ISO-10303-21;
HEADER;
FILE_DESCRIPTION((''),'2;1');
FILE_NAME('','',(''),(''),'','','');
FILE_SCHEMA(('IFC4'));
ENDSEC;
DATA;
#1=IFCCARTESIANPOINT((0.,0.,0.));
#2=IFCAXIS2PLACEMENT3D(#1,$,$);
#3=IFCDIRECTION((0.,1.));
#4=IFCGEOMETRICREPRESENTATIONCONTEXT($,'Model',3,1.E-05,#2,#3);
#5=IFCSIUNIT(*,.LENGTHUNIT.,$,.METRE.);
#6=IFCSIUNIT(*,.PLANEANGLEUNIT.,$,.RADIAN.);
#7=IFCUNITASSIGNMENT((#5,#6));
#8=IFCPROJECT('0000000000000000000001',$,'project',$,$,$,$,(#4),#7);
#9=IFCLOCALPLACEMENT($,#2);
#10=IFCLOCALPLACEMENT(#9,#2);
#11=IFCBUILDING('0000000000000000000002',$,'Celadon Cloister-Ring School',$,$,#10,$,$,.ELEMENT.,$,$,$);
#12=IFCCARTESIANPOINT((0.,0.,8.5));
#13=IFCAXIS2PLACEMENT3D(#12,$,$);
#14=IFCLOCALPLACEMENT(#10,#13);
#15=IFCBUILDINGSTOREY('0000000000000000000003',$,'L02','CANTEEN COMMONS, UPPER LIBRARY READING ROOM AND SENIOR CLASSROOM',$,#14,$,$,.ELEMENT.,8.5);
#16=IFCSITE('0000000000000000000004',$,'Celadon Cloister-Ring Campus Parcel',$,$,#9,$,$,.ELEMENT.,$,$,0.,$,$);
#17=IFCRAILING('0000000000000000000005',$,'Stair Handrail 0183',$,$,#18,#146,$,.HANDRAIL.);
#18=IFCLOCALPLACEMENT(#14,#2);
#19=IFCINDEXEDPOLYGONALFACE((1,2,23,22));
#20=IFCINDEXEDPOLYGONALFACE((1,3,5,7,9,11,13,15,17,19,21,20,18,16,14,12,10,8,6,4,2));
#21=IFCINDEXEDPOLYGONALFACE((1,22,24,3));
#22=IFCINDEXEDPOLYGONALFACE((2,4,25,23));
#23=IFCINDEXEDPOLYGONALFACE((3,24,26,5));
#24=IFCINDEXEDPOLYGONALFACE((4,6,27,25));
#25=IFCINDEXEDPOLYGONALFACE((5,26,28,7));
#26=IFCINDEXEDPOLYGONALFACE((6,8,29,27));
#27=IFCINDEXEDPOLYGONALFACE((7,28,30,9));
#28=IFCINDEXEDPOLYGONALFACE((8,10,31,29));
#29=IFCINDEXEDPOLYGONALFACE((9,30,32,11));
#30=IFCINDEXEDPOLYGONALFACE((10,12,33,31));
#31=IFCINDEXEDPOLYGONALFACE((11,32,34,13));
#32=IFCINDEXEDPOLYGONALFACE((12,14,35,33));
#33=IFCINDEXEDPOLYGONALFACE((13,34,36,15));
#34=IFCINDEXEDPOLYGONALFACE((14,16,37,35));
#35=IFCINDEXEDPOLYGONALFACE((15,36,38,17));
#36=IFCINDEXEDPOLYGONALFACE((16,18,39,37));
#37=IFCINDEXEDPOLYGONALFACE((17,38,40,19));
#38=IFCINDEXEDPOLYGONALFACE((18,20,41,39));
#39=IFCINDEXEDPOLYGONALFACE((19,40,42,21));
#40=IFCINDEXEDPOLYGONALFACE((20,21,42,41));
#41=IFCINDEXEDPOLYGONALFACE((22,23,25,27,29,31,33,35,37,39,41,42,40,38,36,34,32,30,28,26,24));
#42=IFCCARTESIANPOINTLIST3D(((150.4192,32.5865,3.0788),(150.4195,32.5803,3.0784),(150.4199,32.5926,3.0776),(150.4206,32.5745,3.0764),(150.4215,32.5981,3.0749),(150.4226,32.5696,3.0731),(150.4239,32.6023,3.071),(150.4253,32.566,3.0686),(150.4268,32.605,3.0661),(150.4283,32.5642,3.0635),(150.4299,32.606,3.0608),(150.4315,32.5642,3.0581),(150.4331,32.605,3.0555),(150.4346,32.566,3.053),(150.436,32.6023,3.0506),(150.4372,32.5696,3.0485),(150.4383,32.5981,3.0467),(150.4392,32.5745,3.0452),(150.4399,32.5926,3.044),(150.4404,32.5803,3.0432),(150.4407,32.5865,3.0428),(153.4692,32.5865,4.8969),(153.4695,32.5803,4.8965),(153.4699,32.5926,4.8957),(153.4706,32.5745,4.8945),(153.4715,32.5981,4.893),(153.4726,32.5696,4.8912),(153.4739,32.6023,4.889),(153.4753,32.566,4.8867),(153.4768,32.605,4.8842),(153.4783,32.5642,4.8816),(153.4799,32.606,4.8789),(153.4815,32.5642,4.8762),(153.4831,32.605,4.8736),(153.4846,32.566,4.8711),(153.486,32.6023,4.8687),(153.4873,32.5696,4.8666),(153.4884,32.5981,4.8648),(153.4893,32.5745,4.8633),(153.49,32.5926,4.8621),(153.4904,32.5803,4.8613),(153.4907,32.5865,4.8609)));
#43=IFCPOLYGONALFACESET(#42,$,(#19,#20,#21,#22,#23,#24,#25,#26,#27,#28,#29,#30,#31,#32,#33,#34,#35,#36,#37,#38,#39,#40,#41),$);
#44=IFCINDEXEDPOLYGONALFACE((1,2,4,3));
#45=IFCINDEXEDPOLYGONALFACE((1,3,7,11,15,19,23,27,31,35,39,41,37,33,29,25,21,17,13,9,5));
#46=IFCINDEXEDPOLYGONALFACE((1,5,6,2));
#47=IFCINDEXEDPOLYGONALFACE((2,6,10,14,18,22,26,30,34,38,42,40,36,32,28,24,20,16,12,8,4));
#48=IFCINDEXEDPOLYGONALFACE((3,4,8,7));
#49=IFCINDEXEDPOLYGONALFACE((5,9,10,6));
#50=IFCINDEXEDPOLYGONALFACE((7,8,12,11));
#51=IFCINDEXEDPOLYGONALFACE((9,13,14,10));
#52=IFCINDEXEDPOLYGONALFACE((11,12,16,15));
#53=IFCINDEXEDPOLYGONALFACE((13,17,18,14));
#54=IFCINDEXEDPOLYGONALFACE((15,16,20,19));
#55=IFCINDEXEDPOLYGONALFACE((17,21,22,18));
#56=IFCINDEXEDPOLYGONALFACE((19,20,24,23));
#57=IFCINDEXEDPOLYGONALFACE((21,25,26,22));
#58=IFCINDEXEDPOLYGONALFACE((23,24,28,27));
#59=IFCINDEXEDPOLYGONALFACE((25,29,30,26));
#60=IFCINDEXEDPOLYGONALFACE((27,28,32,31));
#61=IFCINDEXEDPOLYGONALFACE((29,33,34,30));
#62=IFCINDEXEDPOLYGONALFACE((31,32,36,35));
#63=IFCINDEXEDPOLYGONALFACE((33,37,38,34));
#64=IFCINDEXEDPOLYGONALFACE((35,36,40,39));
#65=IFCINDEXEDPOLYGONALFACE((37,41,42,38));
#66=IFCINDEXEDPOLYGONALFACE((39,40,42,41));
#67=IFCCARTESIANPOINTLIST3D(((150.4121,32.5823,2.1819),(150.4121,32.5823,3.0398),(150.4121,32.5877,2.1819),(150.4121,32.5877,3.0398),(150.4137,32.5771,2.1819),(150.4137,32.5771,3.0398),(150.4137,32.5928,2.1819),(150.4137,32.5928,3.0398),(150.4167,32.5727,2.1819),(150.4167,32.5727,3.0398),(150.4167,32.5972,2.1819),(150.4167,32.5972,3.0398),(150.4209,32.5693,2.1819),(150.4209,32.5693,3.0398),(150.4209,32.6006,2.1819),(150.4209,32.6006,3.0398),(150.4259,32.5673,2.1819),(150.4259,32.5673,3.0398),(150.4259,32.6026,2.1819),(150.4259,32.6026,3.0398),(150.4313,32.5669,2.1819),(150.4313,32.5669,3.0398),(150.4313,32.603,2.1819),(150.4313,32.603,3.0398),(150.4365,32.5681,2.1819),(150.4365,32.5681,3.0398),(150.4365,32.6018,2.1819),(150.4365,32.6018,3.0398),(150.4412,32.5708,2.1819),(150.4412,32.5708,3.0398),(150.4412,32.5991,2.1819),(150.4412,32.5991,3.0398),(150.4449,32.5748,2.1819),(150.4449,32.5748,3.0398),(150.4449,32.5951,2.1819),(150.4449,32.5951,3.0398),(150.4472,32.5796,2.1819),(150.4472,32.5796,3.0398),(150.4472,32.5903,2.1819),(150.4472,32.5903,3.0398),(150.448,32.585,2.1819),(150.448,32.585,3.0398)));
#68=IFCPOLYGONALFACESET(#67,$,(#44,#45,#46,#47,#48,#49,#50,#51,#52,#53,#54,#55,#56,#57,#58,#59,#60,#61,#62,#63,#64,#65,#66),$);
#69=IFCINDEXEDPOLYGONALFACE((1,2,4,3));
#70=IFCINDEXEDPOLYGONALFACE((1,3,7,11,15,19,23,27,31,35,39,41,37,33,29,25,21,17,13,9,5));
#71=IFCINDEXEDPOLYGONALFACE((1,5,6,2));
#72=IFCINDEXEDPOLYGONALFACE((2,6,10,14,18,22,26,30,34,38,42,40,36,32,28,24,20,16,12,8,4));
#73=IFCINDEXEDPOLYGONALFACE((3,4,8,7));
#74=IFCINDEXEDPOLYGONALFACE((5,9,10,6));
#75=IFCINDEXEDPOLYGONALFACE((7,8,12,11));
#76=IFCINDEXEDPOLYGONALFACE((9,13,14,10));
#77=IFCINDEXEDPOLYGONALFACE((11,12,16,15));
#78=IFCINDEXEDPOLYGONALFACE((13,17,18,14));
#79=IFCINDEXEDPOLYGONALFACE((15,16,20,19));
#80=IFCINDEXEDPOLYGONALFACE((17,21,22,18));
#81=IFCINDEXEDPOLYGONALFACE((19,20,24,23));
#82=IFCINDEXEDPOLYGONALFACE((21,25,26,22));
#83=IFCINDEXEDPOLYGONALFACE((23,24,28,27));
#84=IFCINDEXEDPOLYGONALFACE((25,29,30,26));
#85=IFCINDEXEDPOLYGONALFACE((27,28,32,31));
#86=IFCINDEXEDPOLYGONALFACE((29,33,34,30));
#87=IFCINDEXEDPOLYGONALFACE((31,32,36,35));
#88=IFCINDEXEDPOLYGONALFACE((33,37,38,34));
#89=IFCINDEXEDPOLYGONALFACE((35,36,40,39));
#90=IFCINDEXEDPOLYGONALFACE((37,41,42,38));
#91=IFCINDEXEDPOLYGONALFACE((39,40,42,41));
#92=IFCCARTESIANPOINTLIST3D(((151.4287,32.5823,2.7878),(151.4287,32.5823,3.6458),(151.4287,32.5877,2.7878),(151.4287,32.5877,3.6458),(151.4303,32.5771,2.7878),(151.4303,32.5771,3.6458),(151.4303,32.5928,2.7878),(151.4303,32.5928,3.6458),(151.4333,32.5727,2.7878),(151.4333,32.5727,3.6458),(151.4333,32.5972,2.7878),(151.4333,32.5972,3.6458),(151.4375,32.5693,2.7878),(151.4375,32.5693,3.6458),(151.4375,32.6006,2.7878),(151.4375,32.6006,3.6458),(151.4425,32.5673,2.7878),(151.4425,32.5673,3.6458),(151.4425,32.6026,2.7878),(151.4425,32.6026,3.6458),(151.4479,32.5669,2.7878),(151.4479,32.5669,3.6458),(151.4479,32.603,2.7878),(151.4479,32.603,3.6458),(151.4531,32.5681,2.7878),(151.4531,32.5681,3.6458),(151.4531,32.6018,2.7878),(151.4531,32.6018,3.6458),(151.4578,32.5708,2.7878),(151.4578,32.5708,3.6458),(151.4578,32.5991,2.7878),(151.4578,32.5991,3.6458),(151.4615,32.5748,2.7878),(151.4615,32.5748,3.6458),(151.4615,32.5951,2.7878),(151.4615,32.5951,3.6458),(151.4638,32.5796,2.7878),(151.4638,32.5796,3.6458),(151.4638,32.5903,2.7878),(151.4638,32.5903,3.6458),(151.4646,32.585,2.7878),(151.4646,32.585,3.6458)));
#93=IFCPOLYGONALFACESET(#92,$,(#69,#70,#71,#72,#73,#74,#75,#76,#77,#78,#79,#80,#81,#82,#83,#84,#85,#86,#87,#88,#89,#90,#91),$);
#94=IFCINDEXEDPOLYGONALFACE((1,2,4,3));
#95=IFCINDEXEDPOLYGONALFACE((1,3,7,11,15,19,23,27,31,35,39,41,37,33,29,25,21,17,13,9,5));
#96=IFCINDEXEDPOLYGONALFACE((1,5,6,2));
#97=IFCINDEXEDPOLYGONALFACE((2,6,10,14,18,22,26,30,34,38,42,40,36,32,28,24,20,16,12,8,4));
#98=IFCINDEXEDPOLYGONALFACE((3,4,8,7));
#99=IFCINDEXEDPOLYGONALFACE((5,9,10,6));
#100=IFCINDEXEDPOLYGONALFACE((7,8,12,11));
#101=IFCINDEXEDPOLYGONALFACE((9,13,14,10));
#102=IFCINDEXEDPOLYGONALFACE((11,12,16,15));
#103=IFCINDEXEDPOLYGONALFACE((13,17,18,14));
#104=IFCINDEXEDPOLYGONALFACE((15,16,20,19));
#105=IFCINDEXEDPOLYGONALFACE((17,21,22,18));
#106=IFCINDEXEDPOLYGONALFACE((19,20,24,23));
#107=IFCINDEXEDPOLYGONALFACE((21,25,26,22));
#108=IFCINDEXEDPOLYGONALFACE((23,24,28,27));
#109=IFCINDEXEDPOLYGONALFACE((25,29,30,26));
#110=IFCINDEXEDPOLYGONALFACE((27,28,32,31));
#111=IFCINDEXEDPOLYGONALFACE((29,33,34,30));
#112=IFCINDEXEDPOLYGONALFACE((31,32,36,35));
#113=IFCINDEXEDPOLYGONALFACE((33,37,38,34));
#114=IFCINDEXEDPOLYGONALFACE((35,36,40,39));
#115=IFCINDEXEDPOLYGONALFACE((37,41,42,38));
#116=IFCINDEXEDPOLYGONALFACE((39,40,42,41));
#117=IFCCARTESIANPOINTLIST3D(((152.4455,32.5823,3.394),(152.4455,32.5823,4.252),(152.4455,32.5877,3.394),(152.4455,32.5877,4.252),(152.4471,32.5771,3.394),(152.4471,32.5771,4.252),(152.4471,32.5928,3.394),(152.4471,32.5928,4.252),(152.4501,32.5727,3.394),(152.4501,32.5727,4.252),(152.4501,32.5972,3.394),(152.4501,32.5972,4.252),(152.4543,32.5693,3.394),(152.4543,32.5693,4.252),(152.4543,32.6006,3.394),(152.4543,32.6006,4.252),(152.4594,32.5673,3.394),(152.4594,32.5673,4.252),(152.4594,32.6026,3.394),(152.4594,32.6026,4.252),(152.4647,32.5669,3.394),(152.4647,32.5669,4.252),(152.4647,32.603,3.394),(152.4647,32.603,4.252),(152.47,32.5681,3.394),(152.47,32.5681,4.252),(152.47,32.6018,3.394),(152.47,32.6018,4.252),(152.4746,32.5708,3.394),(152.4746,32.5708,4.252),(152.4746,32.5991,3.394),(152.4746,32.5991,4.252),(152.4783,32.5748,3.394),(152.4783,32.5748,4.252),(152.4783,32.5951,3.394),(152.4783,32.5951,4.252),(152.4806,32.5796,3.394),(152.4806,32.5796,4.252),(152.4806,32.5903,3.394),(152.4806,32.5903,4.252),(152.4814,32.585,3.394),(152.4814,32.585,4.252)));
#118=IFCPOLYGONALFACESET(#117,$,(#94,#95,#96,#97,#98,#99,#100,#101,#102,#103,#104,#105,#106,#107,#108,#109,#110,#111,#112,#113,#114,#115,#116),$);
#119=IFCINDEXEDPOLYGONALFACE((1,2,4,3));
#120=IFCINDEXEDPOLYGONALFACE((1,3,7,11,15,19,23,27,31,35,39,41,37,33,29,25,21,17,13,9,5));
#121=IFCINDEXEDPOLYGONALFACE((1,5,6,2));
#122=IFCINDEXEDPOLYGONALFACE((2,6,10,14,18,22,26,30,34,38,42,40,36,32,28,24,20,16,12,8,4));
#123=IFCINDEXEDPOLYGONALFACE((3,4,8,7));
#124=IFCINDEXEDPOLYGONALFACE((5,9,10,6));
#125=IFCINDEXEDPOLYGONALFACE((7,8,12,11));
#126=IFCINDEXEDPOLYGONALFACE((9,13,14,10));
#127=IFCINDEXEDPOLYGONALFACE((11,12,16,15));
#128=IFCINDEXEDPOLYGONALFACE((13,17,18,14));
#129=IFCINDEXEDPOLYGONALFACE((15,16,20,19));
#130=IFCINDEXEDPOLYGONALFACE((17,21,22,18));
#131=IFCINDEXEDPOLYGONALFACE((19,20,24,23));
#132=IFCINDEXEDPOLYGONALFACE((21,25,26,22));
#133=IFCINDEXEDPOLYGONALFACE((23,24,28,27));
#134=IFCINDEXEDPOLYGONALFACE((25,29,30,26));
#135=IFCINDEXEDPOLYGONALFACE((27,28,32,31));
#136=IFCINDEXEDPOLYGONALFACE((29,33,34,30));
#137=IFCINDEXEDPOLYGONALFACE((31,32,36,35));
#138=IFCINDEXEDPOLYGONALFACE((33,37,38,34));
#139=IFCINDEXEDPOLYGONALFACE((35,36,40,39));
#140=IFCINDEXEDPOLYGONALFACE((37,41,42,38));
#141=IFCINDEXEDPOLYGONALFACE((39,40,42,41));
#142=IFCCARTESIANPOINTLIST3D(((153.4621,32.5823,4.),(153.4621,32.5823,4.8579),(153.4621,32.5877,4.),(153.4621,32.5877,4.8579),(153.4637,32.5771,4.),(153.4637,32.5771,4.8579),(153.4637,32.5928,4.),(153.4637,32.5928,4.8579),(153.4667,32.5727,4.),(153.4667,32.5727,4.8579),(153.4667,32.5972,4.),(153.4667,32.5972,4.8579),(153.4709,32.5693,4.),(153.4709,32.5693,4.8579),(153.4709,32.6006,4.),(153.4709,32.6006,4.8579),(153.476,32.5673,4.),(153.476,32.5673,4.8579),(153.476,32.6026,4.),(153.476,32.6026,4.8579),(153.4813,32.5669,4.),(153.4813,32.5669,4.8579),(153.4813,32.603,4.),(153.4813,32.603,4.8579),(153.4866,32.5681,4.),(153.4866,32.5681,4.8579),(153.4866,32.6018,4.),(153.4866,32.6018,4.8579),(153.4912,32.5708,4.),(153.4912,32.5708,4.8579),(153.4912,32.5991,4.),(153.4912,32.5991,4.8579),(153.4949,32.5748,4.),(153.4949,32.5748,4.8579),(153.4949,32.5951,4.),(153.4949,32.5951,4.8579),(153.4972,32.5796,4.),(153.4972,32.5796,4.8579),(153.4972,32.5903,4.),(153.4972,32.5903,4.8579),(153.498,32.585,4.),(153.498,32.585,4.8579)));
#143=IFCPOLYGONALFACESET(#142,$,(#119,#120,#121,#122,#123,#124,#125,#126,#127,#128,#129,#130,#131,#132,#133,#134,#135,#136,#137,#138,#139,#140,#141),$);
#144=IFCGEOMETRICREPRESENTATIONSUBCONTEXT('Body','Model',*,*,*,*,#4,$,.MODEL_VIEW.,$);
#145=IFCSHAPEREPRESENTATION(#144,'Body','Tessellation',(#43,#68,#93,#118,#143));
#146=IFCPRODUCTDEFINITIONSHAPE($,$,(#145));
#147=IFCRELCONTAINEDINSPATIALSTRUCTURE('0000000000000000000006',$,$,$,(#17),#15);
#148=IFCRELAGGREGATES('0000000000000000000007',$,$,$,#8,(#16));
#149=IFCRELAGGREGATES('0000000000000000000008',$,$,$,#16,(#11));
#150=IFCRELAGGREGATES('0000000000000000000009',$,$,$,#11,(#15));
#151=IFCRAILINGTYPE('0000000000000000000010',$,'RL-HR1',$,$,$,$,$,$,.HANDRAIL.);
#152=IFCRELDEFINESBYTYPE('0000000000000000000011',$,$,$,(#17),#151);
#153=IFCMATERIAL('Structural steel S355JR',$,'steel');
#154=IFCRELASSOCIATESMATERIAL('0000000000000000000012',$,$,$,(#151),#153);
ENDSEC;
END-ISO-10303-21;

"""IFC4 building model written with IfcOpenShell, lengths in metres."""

from ifc_helpers import new_model, si_unit, direction, frame, origin, origin_2d, place, context, subcontext, project, spatial, circle, extrude, material, type_object, element, save


model = new_model("IFC4")

# Units and contexts
model_context = context("Model", 3, precision=1e-05, world=origin(), true_north=direction((0.0, 1.0)))
body_context = subcontext(model_context, "Body", "Model", "MODEL_VIEW")
ifc_project = project(units=[si_unit("LENGTHUNIT", "METRE"), si_unit("PLANEANGLEUNIT", "RADIAN")], contexts=[model_context])

# Site, building, storey
site_placement = place(None, origin())
site = spatial("IfcSite", under=ifc_project, at=site_placement, Name="Celadon Cloister-Ring Campus Parcel", CompositionType="ELEMENT", RefElevation=0.0)
building_placement = place(site_placement, origin())
building = spatial("IfcBuilding", under=site, at=building_placement, Name="Celadon Cloister-Ring School", CompositionType="ELEMENT")
storey_placement = place(building_placement, frame((0.0, 0.0, 8.5)))
storey = spatial("IfcBuildingStorey", under=building, at=storey_placement, Name="L02", Description="CANTEEN COMMONS, UPPER LIBRARY READING ROOM AND SENIOR CLASSROOM", CompositionType="ELEMENT", Elevation=8.5)

# Railing
ifc_material_1 = material(Name="Structural steel S355JR", Category="steel")
railing_type_1 = type_object("IfcRailingType", Name="RL-HR1", PredefinedType="HANDRAIL", material=ifc_material_1)
for number, where, name in (
    (1, (150.4299, 32.585, 2.1819), "Stair Handrail 0183"),
):
    element("IfcRailing", number, at=place(storey_placement, frame(where)), inside=storey, type_object=railing_type_1, Name=name, PredefinedType="HANDRAIL", context=body_context, shape_type="SweptSolid", body=[
        extrude(circle(Radius=0.021, at=origin_2d()), frame((0.0, 0.0, 0.8789), z_axis=(0.85897, 0.0, 0.512026), x_axis=(0.0, 1.0, 0.0)), (0.0, 0.0, 1.0), 3.5508),
        extrude(circle(Radius=0.0181, at=origin_2d()), origin(), (0.0, 0.0, 1.0), 0.8579),
        extrude(circle(Radius=0.0181, at=origin_2d()), frame((1.0166, 0.0, 0.606)), (0.0, 0.0, 1.0), 0.8579),
        extrude(circle(Radius=0.0181, at=origin_2d()), frame((2.0334, 0.0, 1.2122)), (0.0, 0.0, 1.0), 0.8579),
        extrude(circle(Radius=0.0181, at=origin_2d()), frame((3.05, 0.0, 1.8181)), (0.0, 0.0, 1.0), 0.8579),
    ])

save(model, "model.ifc")
